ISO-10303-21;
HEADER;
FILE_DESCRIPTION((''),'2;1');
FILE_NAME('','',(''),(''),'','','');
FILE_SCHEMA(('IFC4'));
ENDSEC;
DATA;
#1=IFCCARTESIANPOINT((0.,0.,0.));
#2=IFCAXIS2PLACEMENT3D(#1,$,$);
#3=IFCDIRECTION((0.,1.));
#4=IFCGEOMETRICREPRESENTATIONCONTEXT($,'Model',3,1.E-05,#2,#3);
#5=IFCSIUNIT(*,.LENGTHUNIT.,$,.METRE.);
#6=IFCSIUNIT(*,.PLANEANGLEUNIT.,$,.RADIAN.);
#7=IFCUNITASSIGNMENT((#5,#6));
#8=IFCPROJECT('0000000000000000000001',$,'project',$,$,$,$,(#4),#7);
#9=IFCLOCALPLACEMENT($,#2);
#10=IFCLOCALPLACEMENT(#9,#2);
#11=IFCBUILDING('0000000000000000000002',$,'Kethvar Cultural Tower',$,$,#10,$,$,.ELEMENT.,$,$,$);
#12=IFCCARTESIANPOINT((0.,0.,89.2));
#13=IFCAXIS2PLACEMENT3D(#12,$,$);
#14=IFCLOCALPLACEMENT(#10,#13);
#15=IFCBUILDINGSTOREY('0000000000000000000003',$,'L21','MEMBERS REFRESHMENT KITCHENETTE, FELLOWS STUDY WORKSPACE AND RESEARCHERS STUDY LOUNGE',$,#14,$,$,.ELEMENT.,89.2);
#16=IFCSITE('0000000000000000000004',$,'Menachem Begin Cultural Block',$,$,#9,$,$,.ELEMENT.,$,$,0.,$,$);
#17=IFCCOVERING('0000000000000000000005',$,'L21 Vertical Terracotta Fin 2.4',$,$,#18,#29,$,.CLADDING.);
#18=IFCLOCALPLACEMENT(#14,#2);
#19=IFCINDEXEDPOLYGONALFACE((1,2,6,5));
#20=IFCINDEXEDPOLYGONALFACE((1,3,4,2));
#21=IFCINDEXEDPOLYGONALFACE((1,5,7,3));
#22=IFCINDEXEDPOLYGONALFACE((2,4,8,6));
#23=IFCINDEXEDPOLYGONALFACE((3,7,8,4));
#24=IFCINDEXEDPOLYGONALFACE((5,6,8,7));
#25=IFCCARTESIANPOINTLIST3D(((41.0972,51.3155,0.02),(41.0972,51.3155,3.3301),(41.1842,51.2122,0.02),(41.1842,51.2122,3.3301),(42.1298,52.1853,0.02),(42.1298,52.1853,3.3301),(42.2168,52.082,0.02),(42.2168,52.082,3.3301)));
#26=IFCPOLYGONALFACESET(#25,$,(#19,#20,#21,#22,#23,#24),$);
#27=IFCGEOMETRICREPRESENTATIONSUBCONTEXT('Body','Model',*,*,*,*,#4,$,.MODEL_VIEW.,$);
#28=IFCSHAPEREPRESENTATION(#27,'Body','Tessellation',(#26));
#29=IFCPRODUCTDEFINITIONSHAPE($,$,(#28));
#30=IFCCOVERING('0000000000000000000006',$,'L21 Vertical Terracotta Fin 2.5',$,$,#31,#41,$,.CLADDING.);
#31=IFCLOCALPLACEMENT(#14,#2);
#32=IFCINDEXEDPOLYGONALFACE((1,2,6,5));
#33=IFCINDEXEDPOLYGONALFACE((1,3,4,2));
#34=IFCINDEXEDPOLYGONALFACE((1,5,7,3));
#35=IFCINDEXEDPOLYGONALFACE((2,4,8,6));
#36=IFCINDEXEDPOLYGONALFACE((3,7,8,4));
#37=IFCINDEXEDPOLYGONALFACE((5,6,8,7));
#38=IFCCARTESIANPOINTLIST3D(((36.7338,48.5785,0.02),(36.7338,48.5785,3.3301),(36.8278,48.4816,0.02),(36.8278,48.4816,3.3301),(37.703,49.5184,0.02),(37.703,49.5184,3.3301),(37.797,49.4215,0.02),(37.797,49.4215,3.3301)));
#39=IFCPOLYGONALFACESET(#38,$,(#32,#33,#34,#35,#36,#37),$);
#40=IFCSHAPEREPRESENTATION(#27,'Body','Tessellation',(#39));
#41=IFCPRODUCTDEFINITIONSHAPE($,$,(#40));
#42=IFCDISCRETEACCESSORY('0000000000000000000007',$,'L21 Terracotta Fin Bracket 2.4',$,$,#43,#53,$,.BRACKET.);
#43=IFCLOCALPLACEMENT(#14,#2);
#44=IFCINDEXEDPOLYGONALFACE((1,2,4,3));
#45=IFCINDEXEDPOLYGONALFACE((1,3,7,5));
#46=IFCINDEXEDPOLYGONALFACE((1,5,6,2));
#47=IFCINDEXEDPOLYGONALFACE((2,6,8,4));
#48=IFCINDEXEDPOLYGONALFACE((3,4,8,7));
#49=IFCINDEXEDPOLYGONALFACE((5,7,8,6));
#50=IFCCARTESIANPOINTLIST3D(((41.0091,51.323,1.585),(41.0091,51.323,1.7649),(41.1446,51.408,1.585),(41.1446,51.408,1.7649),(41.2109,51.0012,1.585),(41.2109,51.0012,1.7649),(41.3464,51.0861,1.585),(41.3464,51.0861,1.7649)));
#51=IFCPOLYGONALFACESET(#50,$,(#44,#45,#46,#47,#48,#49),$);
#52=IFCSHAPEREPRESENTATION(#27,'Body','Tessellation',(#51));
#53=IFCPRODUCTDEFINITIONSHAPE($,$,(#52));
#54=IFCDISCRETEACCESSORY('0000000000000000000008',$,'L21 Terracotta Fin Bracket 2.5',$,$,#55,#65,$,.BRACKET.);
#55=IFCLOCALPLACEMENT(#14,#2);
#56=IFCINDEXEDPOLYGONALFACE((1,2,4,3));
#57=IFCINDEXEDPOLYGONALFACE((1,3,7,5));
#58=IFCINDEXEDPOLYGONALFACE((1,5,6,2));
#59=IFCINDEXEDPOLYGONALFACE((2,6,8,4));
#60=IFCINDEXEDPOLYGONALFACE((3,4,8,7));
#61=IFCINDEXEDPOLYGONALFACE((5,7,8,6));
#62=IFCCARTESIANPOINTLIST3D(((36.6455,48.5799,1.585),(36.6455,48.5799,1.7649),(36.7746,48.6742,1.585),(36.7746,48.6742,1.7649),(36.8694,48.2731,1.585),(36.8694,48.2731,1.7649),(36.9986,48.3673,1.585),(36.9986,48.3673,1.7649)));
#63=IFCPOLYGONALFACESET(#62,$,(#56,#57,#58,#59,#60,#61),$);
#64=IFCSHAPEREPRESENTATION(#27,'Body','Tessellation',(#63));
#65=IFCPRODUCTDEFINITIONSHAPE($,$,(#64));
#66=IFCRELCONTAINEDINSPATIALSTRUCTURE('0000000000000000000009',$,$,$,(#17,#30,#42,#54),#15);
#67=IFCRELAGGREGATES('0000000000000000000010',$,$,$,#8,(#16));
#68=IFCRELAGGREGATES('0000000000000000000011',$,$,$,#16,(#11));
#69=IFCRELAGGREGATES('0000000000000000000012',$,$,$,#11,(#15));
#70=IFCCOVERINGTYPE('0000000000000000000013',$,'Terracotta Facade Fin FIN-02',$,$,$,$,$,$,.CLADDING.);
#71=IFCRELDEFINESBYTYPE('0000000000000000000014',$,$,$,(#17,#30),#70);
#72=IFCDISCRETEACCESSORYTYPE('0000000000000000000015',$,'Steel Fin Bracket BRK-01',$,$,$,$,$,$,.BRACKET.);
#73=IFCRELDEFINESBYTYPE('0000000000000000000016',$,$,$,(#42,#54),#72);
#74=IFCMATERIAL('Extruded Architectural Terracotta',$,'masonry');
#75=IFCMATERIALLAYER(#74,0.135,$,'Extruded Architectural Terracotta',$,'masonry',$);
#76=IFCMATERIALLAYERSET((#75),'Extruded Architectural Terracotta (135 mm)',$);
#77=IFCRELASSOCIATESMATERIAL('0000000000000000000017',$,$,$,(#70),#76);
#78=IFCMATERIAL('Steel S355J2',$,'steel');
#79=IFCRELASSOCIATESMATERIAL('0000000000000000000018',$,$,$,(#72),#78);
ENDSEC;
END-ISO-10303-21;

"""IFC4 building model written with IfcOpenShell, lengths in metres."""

from ifc_helpers import new_model, si_unit, direction, frame, origin, origin_2d, place, context, subcontext, project, spatial, rectangle, extrude, source, transform, mapped, material, layer, layer_set, type_object, element, save


model = new_model("IFC4")

# Units and contexts
model_context = context("Model", 3, precision=1e-05, world=origin(), true_north=direction((0.0, 1.0)))
body_context = subcontext(model_context, "Body", "Model", "MODEL_VIEW")
ifc_project = project(units=[si_unit("LENGTHUNIT", "METRE"), si_unit("PLANEANGLEUNIT", "RADIAN")], contexts=[model_context])

# Site, building, storey
site_placement = place(None, origin())
site = spatial("IfcSite", under=ifc_project, at=site_placement, Name="Menachem Begin Cultural Block", CompositionType="ELEMENT", RefElevation=0.0)
building_placement = place(site_placement, origin())
building = spatial("IfcBuilding", under=site, at=building_placement, Name="Kethvar Cultural Tower", CompositionType="ELEMENT")
storey_placement = place(building_placement, frame((0.0, 0.0, 89.2)))
storey = spatial("IfcBuildingStorey", under=building, at=storey_placement, Name="L21", Description="MEMBERS REFRESHMENT KITCHENETTE, FELLOWS STUDY WORKSPACE AND RESEARCHERS STUDY LOUNGE", CompositionType="ELEMENT", Elevation=89.2)

# Shared definitions
ifc_material_1 = material(Name="Steel S355J2", Category="steel")

# Coverings
ifc_material_2 = material(Name="Extruded Architectural Terracotta", Category="masonry")
ifc_layer_1 = layer(ifc_material_2, 0.135, Name="Extruded Architectural Terracotta", Category="masonry")
ifc_layer_set_1 = layer_set([ifc_layer_1], Name="Extruded Architectural Terracotta (135 mm)")
covering_type = type_object("IfcCoveringType", Name="Terracotta Facade Fin FIN-02", PredefinedType="CLADDING", material=ifc_layer_set_1)
shared_shape_1 = source(origin(), body_context, "Body", "SweptSolid", [
    extrude(rectangle(XDim=1.3501, YDim=0.135, at=origin_2d()), origin(), (0.0, 0.0, 1.0), 3.3101),
])
for number, where, z_axis, x_axis, name in (
    (1, (41.657, 51.6987, 0.02), (0.0, 0.0, 1.0), (0.764809, 0.644257, 0.0), "L21 Vertical Terracotta Fin 2.4"),
    (2, (37.2654, 49.0, 0.02), (0.0, 0.0, 1.0), (0.717883, 0.696163, 0.0), "L21 Vertical Terracotta Fin 2.5"),
):
    element("IfcCovering", number, at=place(storey_placement, frame(where, z_axis=z_axis, x_axis=x_axis)), inside=storey, type_object=covering_type, Name=name, PredefinedType="CLADDING", context=body_context, shape_type="MappedRepresentation", body=[
        mapped(shared_shape_1, transform((0.0, 0.0, 0.0), scale=1.0)),
    ])

# Discrete accessories
discrete_accessory_type = type_object("IfcDiscreteAccessoryType", Name="Steel Fin Bracket BRK-01", PredefinedType="BRACKET", material=ifc_material_1)
shared_shape_2 = source(origin(), body_context, "Body", "SweptSolid", [
    extrude(rectangle(XDim=0.3799, YDim=0.1599, at=origin_2d()), origin(), (0.0, 0.0, 1.0), 0.1799),
])
for number, where, z_axis, x_axis, name in (
    (3, (41.1777, 51.2046, 1.585), (0.0, 0.0, 1.0), (-0.531251, 0.847215, 0.0), "L21 Terracotta Fin Bracket 2.4"),
    (4, (36.822, 48.4736, 1.585), (0.0, 0.0, 1.0), (-0.589478, 0.807784, 0.0), "L21 Terracotta Fin Bracket 2.5"),
):
    element("IfcDiscreteAccessory", number, at=place(storey_placement, frame(where, z_axis=z_axis, x_axis=x_axis)), inside=storey, type_object=discrete_accessory_type, Name=name, PredefinedType="BRACKET", context=body_context, shape_type="MappedRepresentation", body=[
        mapped(shared_shape_2, transform((0.0, 0.0, 0.0), scale=1.0)),
    ])

save(model, "model.ifc")
